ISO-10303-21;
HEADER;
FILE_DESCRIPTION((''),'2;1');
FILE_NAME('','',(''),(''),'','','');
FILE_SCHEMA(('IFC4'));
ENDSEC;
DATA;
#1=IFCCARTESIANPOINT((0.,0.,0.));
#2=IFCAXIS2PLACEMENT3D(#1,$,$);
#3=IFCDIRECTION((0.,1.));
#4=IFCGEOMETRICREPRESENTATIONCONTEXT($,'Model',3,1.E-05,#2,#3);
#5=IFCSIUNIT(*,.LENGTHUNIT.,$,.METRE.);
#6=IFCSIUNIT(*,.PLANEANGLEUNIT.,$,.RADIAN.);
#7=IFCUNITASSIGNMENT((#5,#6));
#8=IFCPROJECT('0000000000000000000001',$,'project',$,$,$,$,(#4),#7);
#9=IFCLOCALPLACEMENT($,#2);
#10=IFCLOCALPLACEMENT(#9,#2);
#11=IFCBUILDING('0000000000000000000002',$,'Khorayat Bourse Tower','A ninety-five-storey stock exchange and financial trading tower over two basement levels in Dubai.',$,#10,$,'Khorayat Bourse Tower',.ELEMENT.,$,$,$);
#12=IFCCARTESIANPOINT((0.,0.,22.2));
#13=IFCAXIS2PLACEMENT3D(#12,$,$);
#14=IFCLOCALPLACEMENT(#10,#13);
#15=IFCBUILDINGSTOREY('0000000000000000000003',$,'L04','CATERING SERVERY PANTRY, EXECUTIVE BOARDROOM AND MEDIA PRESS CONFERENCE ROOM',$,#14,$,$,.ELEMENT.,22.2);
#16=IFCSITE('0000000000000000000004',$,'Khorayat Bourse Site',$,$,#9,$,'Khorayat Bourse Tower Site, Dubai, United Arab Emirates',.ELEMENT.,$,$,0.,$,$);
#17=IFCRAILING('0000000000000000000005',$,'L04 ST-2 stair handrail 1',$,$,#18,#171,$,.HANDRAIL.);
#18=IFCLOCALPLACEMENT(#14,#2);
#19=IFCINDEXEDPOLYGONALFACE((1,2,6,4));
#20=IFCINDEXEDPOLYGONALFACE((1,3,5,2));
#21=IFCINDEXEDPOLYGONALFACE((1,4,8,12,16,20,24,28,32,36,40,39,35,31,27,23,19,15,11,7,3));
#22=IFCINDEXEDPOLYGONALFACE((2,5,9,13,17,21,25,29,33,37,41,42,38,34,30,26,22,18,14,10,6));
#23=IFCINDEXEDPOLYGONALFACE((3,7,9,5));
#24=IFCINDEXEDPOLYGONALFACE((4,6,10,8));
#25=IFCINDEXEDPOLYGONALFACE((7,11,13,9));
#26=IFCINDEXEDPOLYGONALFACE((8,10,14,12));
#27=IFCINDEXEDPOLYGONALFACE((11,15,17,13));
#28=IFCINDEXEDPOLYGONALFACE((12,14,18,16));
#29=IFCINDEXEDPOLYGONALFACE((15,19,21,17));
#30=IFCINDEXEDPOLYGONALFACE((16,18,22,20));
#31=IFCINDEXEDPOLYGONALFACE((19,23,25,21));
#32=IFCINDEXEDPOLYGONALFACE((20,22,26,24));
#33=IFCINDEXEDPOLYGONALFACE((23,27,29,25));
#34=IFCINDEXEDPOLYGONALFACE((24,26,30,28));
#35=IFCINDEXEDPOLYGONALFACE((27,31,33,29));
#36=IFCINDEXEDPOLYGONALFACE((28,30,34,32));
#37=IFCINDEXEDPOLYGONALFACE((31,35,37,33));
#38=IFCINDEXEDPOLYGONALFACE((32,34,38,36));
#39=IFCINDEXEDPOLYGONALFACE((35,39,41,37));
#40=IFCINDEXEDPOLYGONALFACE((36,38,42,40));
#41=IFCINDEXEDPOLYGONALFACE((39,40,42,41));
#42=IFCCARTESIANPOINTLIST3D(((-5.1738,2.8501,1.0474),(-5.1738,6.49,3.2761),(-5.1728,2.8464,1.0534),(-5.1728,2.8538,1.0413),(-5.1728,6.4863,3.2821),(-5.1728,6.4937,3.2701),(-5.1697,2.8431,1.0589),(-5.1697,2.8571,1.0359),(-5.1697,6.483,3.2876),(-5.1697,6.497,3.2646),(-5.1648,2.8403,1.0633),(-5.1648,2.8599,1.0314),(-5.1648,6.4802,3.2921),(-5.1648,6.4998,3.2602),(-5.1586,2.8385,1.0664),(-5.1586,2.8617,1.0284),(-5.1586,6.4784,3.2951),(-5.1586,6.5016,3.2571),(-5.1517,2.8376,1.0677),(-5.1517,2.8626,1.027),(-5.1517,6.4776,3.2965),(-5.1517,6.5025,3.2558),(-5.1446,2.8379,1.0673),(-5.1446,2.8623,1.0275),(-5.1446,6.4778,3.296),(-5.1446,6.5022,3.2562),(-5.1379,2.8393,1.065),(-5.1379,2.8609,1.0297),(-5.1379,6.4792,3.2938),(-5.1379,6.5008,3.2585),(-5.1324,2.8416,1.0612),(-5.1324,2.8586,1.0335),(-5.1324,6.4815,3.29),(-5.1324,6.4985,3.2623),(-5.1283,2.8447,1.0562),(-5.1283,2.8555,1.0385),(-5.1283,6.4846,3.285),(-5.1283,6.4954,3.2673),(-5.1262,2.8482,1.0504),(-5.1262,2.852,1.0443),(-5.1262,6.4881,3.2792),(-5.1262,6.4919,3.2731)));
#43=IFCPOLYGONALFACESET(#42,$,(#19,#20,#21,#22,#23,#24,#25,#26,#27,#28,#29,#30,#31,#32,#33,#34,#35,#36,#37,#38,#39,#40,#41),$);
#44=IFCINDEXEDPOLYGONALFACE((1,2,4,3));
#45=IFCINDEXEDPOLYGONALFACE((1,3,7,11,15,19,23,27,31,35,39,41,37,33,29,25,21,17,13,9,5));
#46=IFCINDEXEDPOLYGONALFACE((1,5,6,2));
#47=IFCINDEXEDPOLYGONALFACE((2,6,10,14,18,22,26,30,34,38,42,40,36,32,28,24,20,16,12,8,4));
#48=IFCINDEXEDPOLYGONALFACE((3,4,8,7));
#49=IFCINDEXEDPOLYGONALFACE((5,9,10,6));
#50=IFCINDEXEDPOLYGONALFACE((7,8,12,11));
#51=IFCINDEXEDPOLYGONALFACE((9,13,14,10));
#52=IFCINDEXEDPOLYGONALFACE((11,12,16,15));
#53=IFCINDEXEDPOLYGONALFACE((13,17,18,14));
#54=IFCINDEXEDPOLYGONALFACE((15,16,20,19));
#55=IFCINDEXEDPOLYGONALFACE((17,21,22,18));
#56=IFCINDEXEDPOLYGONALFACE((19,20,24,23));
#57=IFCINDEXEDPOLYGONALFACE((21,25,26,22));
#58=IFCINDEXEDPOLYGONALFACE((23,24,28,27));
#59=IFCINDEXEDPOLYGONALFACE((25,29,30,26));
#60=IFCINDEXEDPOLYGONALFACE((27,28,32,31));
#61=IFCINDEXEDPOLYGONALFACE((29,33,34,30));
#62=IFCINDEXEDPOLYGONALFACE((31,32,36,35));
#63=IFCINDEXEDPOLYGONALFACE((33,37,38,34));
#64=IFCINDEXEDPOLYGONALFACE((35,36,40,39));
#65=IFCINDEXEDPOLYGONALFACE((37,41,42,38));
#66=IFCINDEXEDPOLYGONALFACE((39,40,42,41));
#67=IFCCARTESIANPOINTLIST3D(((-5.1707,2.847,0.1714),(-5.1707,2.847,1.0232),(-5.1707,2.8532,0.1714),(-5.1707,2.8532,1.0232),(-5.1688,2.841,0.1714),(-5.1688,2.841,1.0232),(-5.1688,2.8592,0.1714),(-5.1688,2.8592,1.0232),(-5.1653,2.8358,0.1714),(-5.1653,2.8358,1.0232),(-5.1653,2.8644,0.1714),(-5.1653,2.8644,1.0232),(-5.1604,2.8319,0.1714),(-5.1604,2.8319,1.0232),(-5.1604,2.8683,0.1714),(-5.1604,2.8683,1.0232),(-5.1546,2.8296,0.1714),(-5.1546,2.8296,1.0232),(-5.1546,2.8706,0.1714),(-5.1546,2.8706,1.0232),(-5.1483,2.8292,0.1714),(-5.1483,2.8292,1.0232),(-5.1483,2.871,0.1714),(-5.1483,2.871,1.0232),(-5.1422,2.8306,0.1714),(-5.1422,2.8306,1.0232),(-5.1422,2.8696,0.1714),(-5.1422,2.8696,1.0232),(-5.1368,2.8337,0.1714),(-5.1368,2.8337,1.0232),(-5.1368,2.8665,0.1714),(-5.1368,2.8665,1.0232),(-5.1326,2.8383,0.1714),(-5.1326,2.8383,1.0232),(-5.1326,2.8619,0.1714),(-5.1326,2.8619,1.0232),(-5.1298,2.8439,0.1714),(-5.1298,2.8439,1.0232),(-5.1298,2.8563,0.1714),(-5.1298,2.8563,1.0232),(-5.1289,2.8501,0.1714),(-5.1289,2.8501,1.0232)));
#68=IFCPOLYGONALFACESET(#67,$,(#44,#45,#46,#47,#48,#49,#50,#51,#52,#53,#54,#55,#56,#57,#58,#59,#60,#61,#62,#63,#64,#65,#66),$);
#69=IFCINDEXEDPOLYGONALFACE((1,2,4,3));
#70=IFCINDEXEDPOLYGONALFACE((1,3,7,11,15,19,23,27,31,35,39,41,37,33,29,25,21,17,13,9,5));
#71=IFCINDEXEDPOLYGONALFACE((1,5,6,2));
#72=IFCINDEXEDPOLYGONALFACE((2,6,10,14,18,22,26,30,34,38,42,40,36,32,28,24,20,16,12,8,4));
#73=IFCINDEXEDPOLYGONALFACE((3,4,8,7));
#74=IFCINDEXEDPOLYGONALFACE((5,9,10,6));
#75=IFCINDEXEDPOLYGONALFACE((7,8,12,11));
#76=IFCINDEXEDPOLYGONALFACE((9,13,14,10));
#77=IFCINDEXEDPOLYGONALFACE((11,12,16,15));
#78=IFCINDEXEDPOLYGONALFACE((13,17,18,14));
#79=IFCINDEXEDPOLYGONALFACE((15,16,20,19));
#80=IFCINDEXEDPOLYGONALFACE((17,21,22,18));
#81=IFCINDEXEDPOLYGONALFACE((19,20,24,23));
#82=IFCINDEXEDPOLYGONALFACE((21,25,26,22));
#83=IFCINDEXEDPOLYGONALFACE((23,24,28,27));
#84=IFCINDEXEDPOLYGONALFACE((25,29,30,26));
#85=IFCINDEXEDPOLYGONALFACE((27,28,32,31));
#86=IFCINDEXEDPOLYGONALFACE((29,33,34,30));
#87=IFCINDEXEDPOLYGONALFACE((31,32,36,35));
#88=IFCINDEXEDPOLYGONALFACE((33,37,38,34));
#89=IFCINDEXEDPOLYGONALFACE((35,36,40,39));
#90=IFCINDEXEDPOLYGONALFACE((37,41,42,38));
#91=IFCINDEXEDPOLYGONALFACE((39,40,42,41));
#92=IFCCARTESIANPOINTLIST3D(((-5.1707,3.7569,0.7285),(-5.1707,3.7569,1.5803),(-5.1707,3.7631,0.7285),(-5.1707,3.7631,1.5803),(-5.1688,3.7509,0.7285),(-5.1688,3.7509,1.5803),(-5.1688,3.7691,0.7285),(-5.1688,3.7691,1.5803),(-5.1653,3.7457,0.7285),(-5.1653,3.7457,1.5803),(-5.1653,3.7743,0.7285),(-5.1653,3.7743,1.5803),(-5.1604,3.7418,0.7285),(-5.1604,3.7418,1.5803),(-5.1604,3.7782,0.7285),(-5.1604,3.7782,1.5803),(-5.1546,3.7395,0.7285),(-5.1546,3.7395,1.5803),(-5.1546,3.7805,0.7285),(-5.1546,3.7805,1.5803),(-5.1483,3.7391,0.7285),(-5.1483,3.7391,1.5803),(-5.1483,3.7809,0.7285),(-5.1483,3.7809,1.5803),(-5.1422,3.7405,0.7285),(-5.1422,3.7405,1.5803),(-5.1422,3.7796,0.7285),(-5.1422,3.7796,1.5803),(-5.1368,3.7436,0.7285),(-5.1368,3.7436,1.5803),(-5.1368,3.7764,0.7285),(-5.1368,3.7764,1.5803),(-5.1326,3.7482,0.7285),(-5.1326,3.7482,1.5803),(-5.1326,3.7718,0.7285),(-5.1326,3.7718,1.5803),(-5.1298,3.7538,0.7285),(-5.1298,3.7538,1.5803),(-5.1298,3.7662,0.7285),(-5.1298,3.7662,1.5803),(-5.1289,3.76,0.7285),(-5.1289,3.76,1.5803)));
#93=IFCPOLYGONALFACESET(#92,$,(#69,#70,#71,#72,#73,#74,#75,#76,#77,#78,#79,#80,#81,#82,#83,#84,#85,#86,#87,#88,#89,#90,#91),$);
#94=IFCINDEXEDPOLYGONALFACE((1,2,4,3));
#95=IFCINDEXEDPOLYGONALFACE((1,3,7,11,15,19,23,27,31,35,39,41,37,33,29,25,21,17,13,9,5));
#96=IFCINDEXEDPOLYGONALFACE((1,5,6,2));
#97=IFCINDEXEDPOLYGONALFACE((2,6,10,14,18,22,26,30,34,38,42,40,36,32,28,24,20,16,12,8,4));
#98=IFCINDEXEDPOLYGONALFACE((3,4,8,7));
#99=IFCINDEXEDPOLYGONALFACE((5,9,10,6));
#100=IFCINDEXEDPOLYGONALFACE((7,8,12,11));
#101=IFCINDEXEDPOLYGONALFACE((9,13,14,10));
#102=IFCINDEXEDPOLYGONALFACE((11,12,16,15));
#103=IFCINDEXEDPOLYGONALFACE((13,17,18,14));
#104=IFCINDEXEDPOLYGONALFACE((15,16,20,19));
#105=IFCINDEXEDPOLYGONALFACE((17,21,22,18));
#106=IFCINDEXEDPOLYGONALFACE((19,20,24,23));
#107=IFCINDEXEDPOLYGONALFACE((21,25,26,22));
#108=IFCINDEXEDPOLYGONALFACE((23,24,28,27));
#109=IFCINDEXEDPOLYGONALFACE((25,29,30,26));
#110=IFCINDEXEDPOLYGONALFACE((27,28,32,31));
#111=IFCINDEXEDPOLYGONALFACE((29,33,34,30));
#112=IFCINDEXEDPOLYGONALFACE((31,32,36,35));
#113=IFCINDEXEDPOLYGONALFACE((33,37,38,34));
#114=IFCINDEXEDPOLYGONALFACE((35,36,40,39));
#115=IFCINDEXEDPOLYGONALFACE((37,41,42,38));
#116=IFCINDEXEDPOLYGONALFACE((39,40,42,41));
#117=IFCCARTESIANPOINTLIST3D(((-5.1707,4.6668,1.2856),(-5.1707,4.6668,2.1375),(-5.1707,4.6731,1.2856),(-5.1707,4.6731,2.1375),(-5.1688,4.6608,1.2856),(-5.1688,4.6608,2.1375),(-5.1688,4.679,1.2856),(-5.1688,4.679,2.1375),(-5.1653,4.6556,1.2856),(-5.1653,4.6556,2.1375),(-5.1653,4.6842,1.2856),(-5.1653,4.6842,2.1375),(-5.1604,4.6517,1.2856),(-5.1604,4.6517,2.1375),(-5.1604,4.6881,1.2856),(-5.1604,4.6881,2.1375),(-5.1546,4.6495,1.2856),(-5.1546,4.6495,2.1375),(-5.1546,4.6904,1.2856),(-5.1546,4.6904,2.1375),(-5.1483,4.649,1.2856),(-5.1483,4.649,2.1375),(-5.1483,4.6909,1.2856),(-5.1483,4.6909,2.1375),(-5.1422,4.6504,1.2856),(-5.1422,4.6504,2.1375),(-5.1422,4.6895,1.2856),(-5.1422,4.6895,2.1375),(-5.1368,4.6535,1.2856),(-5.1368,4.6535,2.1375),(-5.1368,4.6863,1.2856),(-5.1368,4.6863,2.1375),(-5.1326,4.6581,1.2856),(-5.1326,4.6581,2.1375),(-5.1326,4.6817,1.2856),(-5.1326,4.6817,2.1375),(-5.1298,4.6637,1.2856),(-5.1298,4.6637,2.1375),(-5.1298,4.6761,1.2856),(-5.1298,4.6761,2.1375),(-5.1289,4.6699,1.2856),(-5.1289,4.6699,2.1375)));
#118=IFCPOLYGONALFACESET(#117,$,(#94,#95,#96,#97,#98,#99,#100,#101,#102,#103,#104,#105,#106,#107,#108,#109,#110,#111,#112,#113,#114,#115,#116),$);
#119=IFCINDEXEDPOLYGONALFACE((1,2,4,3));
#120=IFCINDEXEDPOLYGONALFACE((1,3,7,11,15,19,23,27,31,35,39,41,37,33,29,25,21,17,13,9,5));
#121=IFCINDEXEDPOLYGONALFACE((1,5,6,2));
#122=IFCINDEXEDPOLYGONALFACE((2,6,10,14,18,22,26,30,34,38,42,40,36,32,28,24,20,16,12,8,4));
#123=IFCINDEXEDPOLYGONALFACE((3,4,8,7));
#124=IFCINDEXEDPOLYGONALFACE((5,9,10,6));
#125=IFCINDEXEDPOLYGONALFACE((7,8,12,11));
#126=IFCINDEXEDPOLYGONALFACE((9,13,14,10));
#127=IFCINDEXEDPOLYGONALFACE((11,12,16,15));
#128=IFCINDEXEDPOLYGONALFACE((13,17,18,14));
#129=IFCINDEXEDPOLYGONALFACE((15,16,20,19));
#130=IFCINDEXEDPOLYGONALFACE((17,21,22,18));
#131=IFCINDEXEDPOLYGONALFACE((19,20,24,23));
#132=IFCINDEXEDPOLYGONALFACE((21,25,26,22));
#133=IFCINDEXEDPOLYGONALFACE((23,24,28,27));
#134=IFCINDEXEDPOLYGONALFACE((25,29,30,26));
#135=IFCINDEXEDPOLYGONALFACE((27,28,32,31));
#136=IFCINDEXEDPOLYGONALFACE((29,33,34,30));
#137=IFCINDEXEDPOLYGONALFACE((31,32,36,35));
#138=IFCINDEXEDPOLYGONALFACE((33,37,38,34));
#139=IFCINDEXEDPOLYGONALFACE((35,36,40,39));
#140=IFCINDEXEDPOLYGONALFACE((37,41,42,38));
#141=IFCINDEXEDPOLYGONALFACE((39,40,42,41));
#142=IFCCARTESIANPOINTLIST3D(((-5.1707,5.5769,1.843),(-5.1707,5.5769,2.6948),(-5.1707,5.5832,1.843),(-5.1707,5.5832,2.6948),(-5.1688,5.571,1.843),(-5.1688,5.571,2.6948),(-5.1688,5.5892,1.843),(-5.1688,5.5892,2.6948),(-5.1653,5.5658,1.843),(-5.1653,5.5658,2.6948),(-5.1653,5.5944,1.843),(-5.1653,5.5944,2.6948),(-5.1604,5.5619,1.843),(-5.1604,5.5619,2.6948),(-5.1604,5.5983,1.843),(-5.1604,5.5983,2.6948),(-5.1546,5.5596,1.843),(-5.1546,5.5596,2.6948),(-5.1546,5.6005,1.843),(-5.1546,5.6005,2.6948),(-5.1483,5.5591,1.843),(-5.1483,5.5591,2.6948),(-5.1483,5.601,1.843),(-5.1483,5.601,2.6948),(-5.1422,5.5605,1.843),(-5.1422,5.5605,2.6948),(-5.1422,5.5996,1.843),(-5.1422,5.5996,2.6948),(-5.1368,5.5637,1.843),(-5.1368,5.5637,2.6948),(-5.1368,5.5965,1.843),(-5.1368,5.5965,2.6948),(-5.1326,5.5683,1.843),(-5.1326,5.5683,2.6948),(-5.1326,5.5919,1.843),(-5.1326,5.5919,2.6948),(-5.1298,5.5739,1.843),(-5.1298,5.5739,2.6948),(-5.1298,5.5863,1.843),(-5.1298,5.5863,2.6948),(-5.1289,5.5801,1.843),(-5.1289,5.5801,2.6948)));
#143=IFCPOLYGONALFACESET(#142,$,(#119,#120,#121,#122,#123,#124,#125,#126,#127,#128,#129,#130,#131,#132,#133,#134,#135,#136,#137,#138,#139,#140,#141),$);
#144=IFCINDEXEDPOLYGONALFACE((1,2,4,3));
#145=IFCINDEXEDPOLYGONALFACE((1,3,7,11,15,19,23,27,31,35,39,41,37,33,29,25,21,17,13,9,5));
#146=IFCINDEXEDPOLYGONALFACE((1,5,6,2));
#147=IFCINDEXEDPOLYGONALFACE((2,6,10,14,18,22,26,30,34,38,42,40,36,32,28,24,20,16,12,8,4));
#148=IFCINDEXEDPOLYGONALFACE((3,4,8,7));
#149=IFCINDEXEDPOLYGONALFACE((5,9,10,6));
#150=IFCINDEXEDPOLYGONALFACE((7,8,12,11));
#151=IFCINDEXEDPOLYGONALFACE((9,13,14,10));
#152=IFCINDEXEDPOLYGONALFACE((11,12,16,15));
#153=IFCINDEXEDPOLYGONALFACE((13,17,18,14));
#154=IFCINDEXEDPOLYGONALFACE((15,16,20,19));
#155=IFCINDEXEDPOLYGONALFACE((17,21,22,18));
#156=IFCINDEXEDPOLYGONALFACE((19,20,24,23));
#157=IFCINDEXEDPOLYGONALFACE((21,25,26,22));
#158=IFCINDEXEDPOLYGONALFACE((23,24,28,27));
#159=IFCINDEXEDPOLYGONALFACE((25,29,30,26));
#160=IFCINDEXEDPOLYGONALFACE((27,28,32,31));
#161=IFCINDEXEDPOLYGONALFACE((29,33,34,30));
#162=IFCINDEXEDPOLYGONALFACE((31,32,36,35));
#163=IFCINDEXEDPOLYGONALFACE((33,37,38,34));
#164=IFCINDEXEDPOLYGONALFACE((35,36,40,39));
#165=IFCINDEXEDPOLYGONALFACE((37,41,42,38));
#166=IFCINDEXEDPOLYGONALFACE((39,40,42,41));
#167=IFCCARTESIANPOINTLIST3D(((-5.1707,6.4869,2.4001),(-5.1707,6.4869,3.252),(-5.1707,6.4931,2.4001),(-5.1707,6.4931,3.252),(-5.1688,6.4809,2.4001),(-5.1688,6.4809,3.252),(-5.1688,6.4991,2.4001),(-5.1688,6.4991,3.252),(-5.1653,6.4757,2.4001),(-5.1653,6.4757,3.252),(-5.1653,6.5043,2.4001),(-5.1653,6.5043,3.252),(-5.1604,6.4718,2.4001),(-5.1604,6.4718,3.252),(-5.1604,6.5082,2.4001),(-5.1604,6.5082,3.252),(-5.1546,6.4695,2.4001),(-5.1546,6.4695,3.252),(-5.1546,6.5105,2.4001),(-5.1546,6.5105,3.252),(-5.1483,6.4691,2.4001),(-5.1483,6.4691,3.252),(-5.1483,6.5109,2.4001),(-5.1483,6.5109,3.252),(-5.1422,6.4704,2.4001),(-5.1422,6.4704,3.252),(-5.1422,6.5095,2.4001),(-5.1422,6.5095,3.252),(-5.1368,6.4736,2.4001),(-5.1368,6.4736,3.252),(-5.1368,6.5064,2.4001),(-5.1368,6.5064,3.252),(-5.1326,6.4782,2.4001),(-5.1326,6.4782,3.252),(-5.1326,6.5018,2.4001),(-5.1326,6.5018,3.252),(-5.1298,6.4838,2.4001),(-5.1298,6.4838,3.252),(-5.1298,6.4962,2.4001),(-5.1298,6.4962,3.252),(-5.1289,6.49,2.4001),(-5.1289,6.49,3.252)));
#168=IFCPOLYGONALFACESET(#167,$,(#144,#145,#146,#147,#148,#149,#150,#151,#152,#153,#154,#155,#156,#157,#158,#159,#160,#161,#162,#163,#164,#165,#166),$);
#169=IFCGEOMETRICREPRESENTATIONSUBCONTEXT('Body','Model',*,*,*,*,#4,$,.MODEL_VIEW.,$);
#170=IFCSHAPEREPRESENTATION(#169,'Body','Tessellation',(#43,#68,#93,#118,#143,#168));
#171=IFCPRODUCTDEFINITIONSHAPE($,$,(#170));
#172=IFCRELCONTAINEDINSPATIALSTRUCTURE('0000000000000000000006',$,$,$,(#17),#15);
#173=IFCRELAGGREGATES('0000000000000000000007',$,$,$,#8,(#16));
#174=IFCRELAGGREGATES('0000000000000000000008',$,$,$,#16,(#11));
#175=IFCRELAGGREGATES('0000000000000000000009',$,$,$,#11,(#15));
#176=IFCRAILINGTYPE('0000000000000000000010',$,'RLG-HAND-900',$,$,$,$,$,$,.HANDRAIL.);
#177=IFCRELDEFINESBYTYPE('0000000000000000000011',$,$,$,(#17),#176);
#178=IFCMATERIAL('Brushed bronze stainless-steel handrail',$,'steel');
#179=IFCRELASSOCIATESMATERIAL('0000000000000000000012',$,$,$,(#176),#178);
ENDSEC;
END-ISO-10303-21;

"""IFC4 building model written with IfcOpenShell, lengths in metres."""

from ifc_helpers import new_model, si_unit, direction, frame, origin, origin_2d, place, context, subcontext, project, spatial, circle, extrude, source, transform, mapped, material, type_object, element, save


model = new_model("IFC4")

# Units and contexts
model_context = context("Model", 3, precision=1e-05, world=origin(), true_north=direction((0.0, 1.0)))
body_context = subcontext(model_context, "Body", "Model", "MODEL_VIEW")
ifc_project = project(units=[si_unit("LENGTHUNIT", "METRE"), si_unit("PLANEANGLEUNIT", "RADIAN")], contexts=[model_context])

# Site, building, storey
site_placement = place(None, origin())
site = spatial("IfcSite", under=ifc_project, at=site_placement, Name="Khorayat Bourse Site", LongName="Khorayat Bourse Tower Site, Dubai, United Arab Emirates", CompositionType="ELEMENT", RefElevation=0.0)
building_placement = place(site_placement, origin())
building = spatial("IfcBuilding", under=site, at=building_placement, Name="Khorayat Bourse Tower", Description="A ninety-five-storey stock exchange and financial trading tower over two basement levels in Dubai.", LongName="Khorayat Bourse Tower", CompositionType="ELEMENT")
storey_placement = place(building_placement, frame((0.0, 0.0, 22.2)))
storey = spatial("IfcBuildingStorey", under=building, at=storey_placement, Name="L04", Description="CATERING SERVERY PANTRY, EXECUTIVE BOARDROOM AND MEDIA PRESS CONFERENCE ROOM", CompositionType="ELEMENT", Elevation=22.2)

# Railing
ifc_material_1 = material(Name="Brushed bronze stainless-steel handrail", Category="steel")
railing_type_1 = type_object("IfcRailingType", Name="RLG-HAND-900", PredefinedType="HANDRAIL", material=ifc_material_1)
shared_shape_1 = source(origin(), body_context, "Body", "SweptSolid", [
    extrude(circle(Radius=0.0239, at=origin_2d()), frame((0.0, 0.0, 0.876), z_axis=(0.0, 0.852825, 0.522197), x_axis=(-1.0, 0.0, 0.0)), (0.0, 0.0, 1.0), 4.2681),
    extrude(circle(Radius=0.021, at=origin_2d()), origin(), (0.0, 0.0, 1.0), 0.8518),
    extrude(circle(Radius=0.021, at=origin_2d()), frame((0.0, 0.9099, 0.5571)), (0.0, 0.0, 1.0), 0.8518),
    extrude(circle(Radius=0.021, at=origin_2d()), frame((0.0, 1.8198, 1.1143)), (0.0, 0.0, 1.0), 0.8518),
    extrude(circle(Radius=0.021, at=origin_2d()), frame((0.0, 2.73, 1.6716)), (0.0, 0.0, 1.0), 0.8518),
    extrude(circle(Radius=0.021, at=origin_2d()), frame((0.0, 3.6399, 2.2288)), (0.0, 0.0, 1.0), 0.8518),
])
railing_1_placement = place(storey_placement, frame((-5.1499, 2.8501, 0.1714)))
element("IfcRailing", 1, at=railing_1_placement, inside=storey, type_object=railing_type_1, Name="L04 ST-2 stair handrail 1", PredefinedType="HANDRAIL", context=body_context, shape_type="MappedRepresentation", body=[
    mapped(shared_shape_1, transform((0.0, 0.0, 0.0), scale=1.0)),
])

save(model, "model.ifc")
